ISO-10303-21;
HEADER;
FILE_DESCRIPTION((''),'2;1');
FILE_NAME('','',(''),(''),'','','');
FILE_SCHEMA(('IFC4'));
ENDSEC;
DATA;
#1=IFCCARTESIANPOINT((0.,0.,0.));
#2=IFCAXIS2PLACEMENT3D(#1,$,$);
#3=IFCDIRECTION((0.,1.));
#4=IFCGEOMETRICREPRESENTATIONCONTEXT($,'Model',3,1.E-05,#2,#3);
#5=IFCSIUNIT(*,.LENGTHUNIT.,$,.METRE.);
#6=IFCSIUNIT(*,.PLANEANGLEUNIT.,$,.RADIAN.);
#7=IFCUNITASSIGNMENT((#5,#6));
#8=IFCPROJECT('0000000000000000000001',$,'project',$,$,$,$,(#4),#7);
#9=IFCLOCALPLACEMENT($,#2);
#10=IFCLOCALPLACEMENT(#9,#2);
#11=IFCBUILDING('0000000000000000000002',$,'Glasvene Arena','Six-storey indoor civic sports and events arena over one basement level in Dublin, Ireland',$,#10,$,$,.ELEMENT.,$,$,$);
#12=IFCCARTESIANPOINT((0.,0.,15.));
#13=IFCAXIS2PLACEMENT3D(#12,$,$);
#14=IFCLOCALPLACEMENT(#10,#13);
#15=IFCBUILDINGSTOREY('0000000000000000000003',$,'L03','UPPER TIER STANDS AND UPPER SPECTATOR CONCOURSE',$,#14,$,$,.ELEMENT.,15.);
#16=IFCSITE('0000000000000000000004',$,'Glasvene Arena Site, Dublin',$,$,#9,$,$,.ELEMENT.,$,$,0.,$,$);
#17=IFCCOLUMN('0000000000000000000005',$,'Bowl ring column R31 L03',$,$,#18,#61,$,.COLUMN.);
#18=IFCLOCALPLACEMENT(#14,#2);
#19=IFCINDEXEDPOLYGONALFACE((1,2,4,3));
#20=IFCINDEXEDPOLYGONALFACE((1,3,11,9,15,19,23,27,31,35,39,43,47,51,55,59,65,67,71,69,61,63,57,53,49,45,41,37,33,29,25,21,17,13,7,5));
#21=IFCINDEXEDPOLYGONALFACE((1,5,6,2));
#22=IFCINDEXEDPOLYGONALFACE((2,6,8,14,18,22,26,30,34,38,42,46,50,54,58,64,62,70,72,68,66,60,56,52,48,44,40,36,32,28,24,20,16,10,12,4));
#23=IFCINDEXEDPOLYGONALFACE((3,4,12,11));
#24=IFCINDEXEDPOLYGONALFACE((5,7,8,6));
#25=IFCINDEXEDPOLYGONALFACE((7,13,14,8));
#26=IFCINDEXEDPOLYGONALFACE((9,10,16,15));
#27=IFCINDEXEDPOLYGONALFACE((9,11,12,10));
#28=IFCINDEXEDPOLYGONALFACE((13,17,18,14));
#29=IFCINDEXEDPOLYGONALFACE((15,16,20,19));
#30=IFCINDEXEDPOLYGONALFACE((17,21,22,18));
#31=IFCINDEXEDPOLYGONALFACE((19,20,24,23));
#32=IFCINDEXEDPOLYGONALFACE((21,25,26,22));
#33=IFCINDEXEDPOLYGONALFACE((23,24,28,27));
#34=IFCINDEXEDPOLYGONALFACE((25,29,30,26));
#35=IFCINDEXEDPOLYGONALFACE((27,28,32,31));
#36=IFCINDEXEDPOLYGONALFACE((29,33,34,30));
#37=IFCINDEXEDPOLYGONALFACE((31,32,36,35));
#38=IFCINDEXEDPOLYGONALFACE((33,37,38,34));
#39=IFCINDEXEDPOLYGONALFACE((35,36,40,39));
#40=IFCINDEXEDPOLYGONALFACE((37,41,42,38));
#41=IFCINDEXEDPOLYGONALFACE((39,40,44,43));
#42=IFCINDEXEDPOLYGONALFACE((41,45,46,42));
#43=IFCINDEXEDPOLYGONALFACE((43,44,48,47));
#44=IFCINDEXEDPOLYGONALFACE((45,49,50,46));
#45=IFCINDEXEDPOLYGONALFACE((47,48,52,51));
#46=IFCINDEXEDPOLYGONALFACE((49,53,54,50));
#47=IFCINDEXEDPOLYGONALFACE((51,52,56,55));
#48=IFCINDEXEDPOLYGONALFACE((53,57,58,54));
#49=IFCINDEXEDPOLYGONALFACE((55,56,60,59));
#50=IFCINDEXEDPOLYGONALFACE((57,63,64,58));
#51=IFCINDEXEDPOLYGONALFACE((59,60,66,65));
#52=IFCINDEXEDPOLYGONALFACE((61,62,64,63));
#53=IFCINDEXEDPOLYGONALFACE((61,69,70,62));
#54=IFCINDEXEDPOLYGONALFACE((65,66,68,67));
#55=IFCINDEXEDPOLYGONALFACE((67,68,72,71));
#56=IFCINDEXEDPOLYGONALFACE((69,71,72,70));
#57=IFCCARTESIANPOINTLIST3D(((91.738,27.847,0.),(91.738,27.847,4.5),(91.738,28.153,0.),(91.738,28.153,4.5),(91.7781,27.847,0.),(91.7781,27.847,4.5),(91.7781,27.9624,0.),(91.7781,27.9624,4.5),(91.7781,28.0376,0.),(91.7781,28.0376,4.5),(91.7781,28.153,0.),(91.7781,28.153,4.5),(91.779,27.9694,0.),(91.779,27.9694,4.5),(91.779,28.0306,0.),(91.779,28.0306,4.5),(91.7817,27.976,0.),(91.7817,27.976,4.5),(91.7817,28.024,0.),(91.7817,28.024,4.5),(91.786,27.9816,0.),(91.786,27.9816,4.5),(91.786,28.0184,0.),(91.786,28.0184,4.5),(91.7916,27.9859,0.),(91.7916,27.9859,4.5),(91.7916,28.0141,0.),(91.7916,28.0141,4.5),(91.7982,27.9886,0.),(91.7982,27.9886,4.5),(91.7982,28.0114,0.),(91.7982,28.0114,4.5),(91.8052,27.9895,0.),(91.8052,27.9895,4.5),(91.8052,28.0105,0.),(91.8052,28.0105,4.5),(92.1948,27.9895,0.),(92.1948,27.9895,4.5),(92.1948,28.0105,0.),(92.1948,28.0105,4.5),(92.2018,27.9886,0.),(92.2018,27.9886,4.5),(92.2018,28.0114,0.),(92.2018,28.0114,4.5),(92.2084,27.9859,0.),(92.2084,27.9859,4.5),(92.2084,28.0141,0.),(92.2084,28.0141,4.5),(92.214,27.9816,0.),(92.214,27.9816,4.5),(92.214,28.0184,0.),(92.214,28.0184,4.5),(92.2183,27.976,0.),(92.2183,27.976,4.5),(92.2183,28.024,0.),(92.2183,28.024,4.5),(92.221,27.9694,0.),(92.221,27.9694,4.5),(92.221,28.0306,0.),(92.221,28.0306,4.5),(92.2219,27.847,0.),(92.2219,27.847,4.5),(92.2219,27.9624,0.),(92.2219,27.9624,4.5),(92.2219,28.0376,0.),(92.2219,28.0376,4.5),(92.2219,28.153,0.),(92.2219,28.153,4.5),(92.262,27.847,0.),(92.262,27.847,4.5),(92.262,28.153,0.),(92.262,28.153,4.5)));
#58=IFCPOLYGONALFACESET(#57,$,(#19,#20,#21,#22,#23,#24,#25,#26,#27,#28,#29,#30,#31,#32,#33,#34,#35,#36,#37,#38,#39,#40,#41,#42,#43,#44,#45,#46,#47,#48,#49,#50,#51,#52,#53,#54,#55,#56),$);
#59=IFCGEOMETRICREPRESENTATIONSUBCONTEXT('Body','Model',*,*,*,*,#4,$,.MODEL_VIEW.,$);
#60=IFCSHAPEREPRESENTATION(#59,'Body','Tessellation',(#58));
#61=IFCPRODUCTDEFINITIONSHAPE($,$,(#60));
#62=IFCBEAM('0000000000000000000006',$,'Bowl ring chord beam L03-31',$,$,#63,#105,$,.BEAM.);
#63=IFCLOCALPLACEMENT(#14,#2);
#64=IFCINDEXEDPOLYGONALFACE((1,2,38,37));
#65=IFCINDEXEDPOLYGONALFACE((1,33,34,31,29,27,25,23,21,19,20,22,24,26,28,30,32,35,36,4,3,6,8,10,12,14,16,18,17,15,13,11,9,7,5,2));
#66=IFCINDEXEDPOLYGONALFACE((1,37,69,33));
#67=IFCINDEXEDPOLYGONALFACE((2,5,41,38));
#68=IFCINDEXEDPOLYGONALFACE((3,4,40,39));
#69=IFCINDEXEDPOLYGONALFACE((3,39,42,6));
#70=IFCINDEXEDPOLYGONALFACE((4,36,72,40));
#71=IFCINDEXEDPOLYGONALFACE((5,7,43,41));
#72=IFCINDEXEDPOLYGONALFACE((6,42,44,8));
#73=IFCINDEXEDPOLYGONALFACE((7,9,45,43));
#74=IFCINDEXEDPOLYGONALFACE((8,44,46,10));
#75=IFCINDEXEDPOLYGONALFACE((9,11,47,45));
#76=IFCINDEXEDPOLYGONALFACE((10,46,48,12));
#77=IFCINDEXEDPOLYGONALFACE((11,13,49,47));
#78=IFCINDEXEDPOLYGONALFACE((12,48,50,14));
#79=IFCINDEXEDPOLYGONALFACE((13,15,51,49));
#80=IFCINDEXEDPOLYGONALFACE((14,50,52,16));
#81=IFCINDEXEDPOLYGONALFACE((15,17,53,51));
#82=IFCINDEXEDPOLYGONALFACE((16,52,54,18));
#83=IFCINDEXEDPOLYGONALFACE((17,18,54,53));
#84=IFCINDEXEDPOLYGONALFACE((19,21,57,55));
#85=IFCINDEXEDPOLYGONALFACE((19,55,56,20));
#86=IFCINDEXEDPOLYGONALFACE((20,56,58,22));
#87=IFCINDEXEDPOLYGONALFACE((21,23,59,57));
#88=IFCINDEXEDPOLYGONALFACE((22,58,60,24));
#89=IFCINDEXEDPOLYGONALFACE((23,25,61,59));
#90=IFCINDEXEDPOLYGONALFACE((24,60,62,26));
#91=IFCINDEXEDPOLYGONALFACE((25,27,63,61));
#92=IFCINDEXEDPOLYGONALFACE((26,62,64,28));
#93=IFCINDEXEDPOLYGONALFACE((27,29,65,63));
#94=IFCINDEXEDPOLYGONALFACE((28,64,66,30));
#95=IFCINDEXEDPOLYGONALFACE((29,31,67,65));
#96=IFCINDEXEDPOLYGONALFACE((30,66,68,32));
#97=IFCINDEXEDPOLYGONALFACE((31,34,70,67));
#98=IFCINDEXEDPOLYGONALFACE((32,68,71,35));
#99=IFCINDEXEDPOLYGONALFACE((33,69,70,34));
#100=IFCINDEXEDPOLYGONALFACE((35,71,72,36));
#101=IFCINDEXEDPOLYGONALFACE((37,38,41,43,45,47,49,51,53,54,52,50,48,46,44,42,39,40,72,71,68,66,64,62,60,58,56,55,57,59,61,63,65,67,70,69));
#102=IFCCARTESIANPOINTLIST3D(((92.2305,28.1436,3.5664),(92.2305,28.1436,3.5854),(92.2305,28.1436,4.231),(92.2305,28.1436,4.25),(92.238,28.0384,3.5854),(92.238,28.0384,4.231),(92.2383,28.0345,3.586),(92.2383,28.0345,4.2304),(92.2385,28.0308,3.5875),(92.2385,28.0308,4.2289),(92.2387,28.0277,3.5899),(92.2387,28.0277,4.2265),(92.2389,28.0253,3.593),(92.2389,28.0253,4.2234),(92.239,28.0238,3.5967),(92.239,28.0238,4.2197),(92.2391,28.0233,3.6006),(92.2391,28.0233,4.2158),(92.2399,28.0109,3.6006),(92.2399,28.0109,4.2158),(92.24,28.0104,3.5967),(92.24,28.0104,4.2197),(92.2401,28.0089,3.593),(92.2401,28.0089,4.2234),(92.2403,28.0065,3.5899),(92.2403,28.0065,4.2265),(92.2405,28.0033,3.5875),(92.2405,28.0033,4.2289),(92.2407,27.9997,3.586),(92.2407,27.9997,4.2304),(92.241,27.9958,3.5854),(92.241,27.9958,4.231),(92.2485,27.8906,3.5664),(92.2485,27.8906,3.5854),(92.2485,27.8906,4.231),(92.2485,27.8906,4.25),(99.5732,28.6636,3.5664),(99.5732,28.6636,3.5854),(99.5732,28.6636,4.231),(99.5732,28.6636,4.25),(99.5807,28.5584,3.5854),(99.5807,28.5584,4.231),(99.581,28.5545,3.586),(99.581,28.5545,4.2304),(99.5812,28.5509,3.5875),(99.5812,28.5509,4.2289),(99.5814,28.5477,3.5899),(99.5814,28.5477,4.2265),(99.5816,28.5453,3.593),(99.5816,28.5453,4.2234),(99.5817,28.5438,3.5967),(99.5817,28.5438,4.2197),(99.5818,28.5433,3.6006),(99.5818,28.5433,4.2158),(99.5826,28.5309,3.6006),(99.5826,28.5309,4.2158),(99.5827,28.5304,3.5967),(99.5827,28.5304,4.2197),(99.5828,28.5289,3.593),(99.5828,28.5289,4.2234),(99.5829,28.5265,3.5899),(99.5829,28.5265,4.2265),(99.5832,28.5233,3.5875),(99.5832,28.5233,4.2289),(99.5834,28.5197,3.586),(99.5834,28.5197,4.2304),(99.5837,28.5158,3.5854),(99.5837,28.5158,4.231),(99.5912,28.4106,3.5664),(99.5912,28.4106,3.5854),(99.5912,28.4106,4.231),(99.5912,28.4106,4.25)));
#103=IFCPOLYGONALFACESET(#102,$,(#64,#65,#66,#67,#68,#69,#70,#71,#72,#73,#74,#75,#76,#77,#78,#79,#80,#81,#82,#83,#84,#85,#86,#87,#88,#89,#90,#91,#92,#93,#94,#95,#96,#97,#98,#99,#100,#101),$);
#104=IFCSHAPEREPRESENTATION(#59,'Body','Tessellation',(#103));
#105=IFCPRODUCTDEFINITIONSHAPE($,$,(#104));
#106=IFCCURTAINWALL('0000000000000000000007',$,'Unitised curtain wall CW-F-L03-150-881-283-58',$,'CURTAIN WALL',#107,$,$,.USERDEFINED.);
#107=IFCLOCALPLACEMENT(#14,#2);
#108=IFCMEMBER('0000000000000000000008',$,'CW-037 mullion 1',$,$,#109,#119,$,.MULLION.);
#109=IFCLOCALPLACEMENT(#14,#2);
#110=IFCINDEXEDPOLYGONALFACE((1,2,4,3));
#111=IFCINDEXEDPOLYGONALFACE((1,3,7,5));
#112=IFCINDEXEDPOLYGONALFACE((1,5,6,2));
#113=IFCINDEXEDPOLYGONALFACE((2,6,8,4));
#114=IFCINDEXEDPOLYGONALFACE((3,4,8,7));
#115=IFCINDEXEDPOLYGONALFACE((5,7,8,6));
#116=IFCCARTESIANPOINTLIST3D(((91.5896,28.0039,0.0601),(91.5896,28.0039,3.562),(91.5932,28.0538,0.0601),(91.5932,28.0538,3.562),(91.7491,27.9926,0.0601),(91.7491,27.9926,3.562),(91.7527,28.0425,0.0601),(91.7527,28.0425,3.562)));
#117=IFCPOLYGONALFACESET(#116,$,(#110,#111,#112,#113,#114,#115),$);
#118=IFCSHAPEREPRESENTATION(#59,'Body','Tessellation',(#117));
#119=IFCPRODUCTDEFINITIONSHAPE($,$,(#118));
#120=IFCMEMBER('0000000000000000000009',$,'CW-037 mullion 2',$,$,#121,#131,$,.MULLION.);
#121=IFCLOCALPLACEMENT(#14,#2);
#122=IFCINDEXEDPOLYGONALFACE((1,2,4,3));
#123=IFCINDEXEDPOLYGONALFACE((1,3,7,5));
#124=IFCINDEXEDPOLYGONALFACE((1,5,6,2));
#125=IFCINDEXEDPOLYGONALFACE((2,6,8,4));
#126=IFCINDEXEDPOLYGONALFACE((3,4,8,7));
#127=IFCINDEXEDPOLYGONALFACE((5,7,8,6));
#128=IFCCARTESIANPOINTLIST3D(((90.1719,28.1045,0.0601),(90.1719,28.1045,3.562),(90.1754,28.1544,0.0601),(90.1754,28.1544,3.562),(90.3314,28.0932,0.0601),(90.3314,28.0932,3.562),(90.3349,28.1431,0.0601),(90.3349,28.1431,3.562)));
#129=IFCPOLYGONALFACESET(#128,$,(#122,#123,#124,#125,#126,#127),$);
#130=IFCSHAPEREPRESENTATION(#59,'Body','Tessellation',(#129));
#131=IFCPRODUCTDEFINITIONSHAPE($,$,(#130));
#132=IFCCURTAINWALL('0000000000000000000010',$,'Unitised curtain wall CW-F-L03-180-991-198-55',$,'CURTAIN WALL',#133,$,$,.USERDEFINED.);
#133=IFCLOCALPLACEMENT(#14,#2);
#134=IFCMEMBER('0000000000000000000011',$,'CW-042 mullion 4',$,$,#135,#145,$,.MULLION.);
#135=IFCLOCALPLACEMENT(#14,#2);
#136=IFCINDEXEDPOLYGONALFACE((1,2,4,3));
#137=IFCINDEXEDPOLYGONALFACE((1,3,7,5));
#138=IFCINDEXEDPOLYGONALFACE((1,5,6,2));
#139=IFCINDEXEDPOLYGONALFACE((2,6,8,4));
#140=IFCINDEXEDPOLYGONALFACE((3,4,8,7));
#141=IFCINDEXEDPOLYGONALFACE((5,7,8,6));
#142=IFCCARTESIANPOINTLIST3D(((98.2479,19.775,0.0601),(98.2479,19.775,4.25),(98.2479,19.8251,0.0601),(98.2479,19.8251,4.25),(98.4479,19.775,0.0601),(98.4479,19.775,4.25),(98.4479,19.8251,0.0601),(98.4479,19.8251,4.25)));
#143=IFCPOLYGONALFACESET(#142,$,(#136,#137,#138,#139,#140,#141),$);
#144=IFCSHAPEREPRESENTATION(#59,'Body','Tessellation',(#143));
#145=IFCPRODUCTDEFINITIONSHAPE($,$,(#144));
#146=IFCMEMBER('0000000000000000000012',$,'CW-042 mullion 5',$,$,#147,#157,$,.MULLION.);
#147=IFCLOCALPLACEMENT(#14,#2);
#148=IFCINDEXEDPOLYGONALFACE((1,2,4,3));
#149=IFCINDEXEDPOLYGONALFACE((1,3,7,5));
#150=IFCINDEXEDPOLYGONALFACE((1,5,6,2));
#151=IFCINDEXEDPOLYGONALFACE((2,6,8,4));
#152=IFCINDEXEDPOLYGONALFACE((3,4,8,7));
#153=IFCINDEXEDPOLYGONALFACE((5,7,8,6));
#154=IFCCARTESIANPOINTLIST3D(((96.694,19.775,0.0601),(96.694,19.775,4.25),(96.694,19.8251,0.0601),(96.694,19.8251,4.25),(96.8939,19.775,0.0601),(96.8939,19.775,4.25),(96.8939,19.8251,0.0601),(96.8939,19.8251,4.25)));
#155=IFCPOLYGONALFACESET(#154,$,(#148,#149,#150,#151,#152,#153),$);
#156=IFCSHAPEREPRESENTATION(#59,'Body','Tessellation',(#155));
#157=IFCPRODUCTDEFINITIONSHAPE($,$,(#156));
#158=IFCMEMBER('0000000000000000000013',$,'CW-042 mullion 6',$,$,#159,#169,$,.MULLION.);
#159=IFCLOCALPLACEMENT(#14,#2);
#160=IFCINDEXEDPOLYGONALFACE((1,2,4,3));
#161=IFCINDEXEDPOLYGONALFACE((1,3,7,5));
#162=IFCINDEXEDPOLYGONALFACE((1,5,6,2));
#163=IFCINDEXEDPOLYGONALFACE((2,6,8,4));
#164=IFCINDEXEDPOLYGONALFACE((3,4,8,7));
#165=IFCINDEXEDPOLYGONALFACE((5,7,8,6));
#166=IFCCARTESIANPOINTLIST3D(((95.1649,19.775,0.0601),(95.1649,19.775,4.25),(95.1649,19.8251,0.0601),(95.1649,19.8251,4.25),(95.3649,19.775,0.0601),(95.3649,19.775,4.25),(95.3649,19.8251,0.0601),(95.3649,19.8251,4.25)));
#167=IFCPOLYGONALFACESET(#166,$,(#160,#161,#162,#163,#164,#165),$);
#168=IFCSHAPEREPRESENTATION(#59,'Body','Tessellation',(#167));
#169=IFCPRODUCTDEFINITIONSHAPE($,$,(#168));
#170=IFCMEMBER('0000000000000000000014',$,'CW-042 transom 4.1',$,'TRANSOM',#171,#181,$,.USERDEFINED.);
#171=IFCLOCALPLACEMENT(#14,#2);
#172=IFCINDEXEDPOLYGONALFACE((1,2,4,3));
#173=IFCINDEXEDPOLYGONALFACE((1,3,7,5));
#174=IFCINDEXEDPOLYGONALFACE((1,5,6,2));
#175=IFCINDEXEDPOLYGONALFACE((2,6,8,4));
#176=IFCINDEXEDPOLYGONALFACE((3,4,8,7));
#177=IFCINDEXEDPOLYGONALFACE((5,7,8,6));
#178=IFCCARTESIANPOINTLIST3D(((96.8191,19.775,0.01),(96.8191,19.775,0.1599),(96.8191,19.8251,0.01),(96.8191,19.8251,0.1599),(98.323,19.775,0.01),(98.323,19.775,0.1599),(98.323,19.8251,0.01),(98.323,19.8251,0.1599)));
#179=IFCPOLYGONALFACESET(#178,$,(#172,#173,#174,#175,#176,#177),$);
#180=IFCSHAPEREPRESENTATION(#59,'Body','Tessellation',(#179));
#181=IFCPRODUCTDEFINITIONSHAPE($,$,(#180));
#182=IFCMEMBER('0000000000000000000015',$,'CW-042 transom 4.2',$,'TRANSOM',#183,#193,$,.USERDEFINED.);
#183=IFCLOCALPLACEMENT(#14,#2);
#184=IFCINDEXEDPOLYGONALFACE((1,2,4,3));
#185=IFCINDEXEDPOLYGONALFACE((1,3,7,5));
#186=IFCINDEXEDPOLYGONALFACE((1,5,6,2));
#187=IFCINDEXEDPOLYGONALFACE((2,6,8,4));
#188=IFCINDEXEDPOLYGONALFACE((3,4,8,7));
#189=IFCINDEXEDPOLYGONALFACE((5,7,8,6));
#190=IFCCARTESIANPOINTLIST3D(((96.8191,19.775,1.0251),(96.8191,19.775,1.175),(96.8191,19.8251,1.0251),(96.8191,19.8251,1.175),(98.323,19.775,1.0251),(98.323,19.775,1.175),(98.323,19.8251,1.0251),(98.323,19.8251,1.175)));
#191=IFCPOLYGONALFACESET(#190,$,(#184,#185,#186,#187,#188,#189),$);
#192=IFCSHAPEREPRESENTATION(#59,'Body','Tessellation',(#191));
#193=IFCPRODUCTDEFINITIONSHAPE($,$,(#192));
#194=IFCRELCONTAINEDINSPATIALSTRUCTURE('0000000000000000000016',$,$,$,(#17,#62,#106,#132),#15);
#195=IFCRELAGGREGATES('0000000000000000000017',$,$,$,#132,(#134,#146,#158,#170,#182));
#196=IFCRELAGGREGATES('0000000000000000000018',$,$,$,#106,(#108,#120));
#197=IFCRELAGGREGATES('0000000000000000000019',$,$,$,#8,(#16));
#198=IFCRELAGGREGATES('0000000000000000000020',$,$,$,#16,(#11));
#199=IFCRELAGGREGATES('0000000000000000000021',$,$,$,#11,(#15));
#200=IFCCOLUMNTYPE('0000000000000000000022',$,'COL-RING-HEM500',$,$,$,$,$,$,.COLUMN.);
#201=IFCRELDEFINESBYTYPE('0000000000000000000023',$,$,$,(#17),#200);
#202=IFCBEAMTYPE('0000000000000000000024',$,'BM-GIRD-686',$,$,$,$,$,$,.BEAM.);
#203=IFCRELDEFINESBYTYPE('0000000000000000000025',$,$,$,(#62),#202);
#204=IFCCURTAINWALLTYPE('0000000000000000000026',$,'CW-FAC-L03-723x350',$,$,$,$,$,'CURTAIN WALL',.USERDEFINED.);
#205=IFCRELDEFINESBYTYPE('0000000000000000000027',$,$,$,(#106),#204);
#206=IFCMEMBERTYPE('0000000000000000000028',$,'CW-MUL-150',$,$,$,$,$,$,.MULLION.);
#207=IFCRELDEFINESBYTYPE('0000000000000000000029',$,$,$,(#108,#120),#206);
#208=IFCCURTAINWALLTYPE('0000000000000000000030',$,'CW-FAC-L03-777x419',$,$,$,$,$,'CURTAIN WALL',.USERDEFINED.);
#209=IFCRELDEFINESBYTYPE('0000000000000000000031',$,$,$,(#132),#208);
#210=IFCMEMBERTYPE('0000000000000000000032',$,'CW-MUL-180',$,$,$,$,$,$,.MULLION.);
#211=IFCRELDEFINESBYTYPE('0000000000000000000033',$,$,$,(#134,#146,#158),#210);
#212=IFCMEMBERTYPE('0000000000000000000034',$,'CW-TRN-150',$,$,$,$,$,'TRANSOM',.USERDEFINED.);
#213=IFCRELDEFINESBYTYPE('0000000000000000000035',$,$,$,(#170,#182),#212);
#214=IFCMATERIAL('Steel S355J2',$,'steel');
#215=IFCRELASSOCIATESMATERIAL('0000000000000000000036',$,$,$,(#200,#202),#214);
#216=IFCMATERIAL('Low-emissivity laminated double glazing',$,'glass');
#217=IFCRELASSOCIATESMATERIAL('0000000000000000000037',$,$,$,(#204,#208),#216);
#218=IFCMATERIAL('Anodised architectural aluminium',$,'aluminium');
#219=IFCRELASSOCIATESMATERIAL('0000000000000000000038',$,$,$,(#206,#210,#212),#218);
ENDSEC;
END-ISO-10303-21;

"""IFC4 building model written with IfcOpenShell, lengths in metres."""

from ifc_helpers import new_model, si_unit, direction, frame, origin, origin_2d, place, context, subcontext, project, spatial, rectangle, i_section, extrude, material, material_profile, profile_set, type_object, element, aggregate, save


model = new_model("IFC4")

# Units and contexts
model_context = context("Model", 3, precision=1e-05, world=origin(), true_north=direction((0.0, 1.0)))
body_context = subcontext(model_context, "Body", "Model", "MODEL_VIEW")
ifc_project = project(units=[si_unit("LENGTHUNIT", "METRE"), si_unit("PLANEANGLEUNIT", "RADIAN")], contexts=[model_context])

# Site, building, storey
site_placement = place(None, origin())
site = spatial("IfcSite", under=ifc_project, at=site_placement, Name="Glasvene Arena Site, Dublin", CompositionType="ELEMENT", RefElevation=0.0)
building_placement = place(site_placement, origin())
building = spatial("IfcBuilding", under=site, at=building_placement, Name="Glasvene Arena", Description="Six-storey indoor civic sports and events arena over one basement level in Dublin, Ireland", CompositionType="ELEMENT")
storey_placement = place(building_placement, frame((0.0, 0.0, 15.0)))
storey = spatial("IfcBuildingStorey", under=building, at=storey_placement, Name="L03", Description="UPPER TIER STANDS AND UPPER SPECTATOR CONCOURSE", CompositionType="ELEMENT", Elevation=15.0)

# Column
ifc_material_1 = material(Name="Steel S355J2", Category="steel")
ifc_material_profile_1 = material_profile(ifc_material_1, i_section(OverallWidth=0.3059, OverallDepth=0.5239, WebThickness=0.021, FlangeThickness=0.04, FilletRadius=0.0271, at=origin_2d()), Name="HEM 500")
ifc_profile_set_1 = profile_set([ifc_material_profile_1], Name="Steel S355J2")
column_type = type_object("IfcColumnType", Name="COL-RING-HEM500", PredefinedType="COLUMN", material=ifc_profile_set_1)
column_placement = place(storey_placement, frame((92.0, 28.0, 0.0), z_axis=(0.0, 0.0, 1.0), x_axis=(0.0, -1.0, 0.0)))
element("IfcColumn", 1, at=column_placement, inside=storey, type_object=column_type, Name="Bowl ring column R31 L03", PredefinedType="COLUMN", context=body_context, shape_type="SweptSolid", body=[
    extrude(i_section(OverallWidth=0.3059, OverallDepth=0.5239, WebThickness=0.021, FlangeThickness=0.04, FilletRadius=0.0271, at=origin_2d()), origin(), (0.0, 0.0, 1.0), 4.5),
])

# Beam
ifc_material_profile_2 = material_profile(ifc_material_1, i_section(OverallWidth=0.2537, OverallDepth=0.6836, WebThickness=0.0125, FlangeThickness=0.019, FilletRadius=0.0151, at=origin_2d()), Name="UKB 686x254x140")
ifc_profile_set_2 = profile_set([ifc_material_profile_2], Name="Steel S355J2")
beam_type = type_object("IfcBeamType", Name="BM-GIRD-686", PredefinedType="BEAM", material=ifc_profile_set_2)
beam_placement = place(storey_placement, frame((92.2395, 28.0171, 3.9082), z_axis=(0.997502, 0.070644, 0.0), x_axis=(-0.070644, 0.997502, 0.0)))
element("IfcBeam", 2, at=beam_placement, inside=storey, type_object=beam_type, Name="Bowl ring chord beam L03-31", PredefinedType="BEAM", context=body_context, shape_type="SweptSolid", body=[
    extrude(i_section(OverallWidth=0.2537, OverallDepth=0.6836, WebThickness=0.0125, FlangeThickness=0.019, FilletRadius=0.0151, at=origin_2d()), origin(), (0.0, 0.0, 1.0), 7.3611),
])

# Curtain walls, members
ifc_material_2 = material(Name="Low-emissivity laminated double glazing", Category="glass")
curtain_wall_type_1 = type_object("IfcCurtainWallType", Name="CW-FAC-L03-723x350", ElementType="CURTAIN WALL", PredefinedType="USERDEFINED", material=ifc_material_2)
curtain_wall_1_placement = place(storey_placement, frame((91.696, 28.0215, 0.0)))
curtain_wall_1 = element("IfcCurtainWall", 3, at=curtain_wall_1_placement, inside=storey, type_object=curtain_wall_type_1, Name="Unitised curtain wall CW-F-L03-150-881-283-58", ObjectType="CURTAIN WALL", PredefinedType="USERDEFINED")
ifc_material_3 = material(Name="Anodised architectural aluminium", Category="aluminium")
ifc_material_profile_3 = material_profile(ifc_material_3, rectangle(XDim=0.05, YDim=0.1599, at=origin_2d()), Name="ALU MULLION 50x160")
ifc_profile_set_3 = profile_set([ifc_material_profile_3], Name="Anodised architectural aluminium")
member_type_1 = type_object("IfcMemberType", Name="CW-MUL-150", PredefinedType="MULLION", material=ifc_profile_set_3)
member_1_placement = place(storey_placement, frame((91.6711, 28.0232, 0.0601), z_axis=(0.0, 0.0, 1.0), x_axis=(-0.070652, -0.997501, 0.0)))
member_1 = element("IfcMember", 4, at=member_1_placement, type_object=member_type_1, Name="CW-037 mullion 1", PredefinedType="MULLION", context=body_context, shape_type="SweptSolid", body=[
    extrude(rectangle(XDim=0.05, YDim=0.1599, at=origin_2d()), origin(), (0.0, 0.0, 1.0), 3.502),
])
member_2_placement = place(storey_placement, frame((90.2534, 28.1238, 0.0601), z_axis=(0.0, 0.0, 1.0), x_axis=(-0.070652, -0.997501, 0.0)))
member_2 = element("IfcMember", 5, at=member_2_placement, type_object=member_type_1, Name="CW-037 mullion 2", PredefinedType="MULLION", context=body_context, shape_type="SweptSolid", body=[
    extrude(rectangle(XDim=0.05, YDim=0.1599, at=origin_2d()), origin(), (0.0, 0.0, 1.0), 3.502),
])
curtain_wall_type_2 = type_object("IfcCurtainWallType", Name="CW-FAC-L03-777x419", ElementType="CURTAIN WALL", PredefinedType="USERDEFINED", material=ifc_material_2)
curtain_wall_2_placement = place(storey_placement, frame((103.01, 19.8, 0.0)))
curtain_wall_2 = element("IfcCurtainWall", 6, at=curtain_wall_2_placement, inside=storey, type_object=curtain_wall_type_2, Name="Unitised curtain wall CW-F-L03-180-991-198-55", ObjectType="CURTAIN WALL", PredefinedType="USERDEFINED")
ifc_material_profile_4 = material_profile(ifc_material_3, rectangle(XDim=0.05, YDim=0.2, at=origin_2d()), Name="ALU MULLION 50x200")
ifc_profile_set_4 = profile_set([ifc_material_profile_4], Name="Anodised architectural aluminium")
member_type_2 = type_object("IfcMemberType", Name="CW-MUL-180", PredefinedType="MULLION", material=ifc_profile_set_4)
member_3_placement = place(storey_placement, frame((98.3479, 19.8, 0.0601), z_axis=(0.0, 0.0, 1.0), x_axis=(0.0, -1.0, 0.0)))
member_3 = element("IfcMember", 7, at=member_3_placement, type_object=member_type_2, Name="CW-042 mullion 4", PredefinedType="MULLION", context=body_context, shape_type="SweptSolid", body=[
    extrude(rectangle(XDim=0.05, YDim=0.2, at=origin_2d()), origin(), (0.0, 0.0, 1.0), 4.1899),
])
member_4_placement = place(storey_placement, frame((96.7939, 19.8, 0.0601), z_axis=(0.0, 0.0, 1.0), x_axis=(0.0, -1.0, 0.0)))
member_4 = element("IfcMember", 8, at=member_4_placement, type_object=member_type_2, Name="CW-042 mullion 5", PredefinedType="MULLION", context=body_context, shape_type="SweptSolid", body=[
    extrude(rectangle(XDim=0.05, YDim=0.2, at=origin_2d()), origin(), (0.0, 0.0, 1.0), 4.1899),
])
member_5_placement = place(storey_placement, frame((95.2649, 19.8, 0.0601), z_axis=(0.0, 0.0, 1.0), x_axis=(0.0, -1.0, 0.0)))
member_5 = element("IfcMember", 9, at=member_5_placement, type_object=member_type_2, Name="CW-042 mullion 6", PredefinedType="MULLION", context=body_context, shape_type="SweptSolid", body=[
    extrude(rectangle(XDim=0.05, YDim=0.2, at=origin_2d()), origin(), (0.0, 0.0, 1.0), 4.1899),
])
ifc_material_profile_5 = material_profile(ifc_material_3, rectangle(XDim=0.05, YDim=0.1499, at=origin_2d()), Name="ALU TRANSOM 50x150")
ifc_profile_set_5 = profile_set([ifc_material_profile_5], Name="Anodised architectural aluminium")
member_type_3 = type_object("IfcMemberType", Name="CW-TRN-150", ElementType="TRANSOM", PredefinedType="USERDEFINED", material=ifc_profile_set_5)
member_6_placement = place(storey_placement, frame((98.323, 19.8, 0.085), z_axis=(-1.0, 0.0, 0.0), x_axis=(0.0, -1.0, 0.0)))
member_6 = element("IfcMember", 10, at=member_6_placement, type_object=member_type_3, Name="CW-042 transom 4.1", ObjectType="TRANSOM", PredefinedType="USERDEFINED", context=body_context, shape_type="SweptSolid", body=[
    extrude(rectangle(XDim=0.05, YDim=0.1499, at=origin_2d()), origin(), (0.0, 0.0, 1.0), 1.5039),
])
member_7_placement = place(storey_placement, frame((98.323, 19.8, 1.1001), z_axis=(-1.0, 0.0, 0.0), x_axis=(0.0, -1.0, 0.0)))
member_7 = element("IfcMember", 11, at=member_7_placement, type_object=member_type_3, Name="CW-042 transom 4.2", ObjectType="TRANSOM", PredefinedType="USERDEFINED", context=body_context, shape_type="SweptSolid", body=[
    extrude(rectangle(XDim=0.05, YDim=0.1499, at=origin_2d()), origin(), (0.0, 0.0, 1.0), 1.5039),
])

aggregate(curtain_wall_2, [member_3, member_4, member_5, member_6, member_7])
aggregate(curtain_wall_1, [member_1, member_2])

save(model, "model.ifc")
